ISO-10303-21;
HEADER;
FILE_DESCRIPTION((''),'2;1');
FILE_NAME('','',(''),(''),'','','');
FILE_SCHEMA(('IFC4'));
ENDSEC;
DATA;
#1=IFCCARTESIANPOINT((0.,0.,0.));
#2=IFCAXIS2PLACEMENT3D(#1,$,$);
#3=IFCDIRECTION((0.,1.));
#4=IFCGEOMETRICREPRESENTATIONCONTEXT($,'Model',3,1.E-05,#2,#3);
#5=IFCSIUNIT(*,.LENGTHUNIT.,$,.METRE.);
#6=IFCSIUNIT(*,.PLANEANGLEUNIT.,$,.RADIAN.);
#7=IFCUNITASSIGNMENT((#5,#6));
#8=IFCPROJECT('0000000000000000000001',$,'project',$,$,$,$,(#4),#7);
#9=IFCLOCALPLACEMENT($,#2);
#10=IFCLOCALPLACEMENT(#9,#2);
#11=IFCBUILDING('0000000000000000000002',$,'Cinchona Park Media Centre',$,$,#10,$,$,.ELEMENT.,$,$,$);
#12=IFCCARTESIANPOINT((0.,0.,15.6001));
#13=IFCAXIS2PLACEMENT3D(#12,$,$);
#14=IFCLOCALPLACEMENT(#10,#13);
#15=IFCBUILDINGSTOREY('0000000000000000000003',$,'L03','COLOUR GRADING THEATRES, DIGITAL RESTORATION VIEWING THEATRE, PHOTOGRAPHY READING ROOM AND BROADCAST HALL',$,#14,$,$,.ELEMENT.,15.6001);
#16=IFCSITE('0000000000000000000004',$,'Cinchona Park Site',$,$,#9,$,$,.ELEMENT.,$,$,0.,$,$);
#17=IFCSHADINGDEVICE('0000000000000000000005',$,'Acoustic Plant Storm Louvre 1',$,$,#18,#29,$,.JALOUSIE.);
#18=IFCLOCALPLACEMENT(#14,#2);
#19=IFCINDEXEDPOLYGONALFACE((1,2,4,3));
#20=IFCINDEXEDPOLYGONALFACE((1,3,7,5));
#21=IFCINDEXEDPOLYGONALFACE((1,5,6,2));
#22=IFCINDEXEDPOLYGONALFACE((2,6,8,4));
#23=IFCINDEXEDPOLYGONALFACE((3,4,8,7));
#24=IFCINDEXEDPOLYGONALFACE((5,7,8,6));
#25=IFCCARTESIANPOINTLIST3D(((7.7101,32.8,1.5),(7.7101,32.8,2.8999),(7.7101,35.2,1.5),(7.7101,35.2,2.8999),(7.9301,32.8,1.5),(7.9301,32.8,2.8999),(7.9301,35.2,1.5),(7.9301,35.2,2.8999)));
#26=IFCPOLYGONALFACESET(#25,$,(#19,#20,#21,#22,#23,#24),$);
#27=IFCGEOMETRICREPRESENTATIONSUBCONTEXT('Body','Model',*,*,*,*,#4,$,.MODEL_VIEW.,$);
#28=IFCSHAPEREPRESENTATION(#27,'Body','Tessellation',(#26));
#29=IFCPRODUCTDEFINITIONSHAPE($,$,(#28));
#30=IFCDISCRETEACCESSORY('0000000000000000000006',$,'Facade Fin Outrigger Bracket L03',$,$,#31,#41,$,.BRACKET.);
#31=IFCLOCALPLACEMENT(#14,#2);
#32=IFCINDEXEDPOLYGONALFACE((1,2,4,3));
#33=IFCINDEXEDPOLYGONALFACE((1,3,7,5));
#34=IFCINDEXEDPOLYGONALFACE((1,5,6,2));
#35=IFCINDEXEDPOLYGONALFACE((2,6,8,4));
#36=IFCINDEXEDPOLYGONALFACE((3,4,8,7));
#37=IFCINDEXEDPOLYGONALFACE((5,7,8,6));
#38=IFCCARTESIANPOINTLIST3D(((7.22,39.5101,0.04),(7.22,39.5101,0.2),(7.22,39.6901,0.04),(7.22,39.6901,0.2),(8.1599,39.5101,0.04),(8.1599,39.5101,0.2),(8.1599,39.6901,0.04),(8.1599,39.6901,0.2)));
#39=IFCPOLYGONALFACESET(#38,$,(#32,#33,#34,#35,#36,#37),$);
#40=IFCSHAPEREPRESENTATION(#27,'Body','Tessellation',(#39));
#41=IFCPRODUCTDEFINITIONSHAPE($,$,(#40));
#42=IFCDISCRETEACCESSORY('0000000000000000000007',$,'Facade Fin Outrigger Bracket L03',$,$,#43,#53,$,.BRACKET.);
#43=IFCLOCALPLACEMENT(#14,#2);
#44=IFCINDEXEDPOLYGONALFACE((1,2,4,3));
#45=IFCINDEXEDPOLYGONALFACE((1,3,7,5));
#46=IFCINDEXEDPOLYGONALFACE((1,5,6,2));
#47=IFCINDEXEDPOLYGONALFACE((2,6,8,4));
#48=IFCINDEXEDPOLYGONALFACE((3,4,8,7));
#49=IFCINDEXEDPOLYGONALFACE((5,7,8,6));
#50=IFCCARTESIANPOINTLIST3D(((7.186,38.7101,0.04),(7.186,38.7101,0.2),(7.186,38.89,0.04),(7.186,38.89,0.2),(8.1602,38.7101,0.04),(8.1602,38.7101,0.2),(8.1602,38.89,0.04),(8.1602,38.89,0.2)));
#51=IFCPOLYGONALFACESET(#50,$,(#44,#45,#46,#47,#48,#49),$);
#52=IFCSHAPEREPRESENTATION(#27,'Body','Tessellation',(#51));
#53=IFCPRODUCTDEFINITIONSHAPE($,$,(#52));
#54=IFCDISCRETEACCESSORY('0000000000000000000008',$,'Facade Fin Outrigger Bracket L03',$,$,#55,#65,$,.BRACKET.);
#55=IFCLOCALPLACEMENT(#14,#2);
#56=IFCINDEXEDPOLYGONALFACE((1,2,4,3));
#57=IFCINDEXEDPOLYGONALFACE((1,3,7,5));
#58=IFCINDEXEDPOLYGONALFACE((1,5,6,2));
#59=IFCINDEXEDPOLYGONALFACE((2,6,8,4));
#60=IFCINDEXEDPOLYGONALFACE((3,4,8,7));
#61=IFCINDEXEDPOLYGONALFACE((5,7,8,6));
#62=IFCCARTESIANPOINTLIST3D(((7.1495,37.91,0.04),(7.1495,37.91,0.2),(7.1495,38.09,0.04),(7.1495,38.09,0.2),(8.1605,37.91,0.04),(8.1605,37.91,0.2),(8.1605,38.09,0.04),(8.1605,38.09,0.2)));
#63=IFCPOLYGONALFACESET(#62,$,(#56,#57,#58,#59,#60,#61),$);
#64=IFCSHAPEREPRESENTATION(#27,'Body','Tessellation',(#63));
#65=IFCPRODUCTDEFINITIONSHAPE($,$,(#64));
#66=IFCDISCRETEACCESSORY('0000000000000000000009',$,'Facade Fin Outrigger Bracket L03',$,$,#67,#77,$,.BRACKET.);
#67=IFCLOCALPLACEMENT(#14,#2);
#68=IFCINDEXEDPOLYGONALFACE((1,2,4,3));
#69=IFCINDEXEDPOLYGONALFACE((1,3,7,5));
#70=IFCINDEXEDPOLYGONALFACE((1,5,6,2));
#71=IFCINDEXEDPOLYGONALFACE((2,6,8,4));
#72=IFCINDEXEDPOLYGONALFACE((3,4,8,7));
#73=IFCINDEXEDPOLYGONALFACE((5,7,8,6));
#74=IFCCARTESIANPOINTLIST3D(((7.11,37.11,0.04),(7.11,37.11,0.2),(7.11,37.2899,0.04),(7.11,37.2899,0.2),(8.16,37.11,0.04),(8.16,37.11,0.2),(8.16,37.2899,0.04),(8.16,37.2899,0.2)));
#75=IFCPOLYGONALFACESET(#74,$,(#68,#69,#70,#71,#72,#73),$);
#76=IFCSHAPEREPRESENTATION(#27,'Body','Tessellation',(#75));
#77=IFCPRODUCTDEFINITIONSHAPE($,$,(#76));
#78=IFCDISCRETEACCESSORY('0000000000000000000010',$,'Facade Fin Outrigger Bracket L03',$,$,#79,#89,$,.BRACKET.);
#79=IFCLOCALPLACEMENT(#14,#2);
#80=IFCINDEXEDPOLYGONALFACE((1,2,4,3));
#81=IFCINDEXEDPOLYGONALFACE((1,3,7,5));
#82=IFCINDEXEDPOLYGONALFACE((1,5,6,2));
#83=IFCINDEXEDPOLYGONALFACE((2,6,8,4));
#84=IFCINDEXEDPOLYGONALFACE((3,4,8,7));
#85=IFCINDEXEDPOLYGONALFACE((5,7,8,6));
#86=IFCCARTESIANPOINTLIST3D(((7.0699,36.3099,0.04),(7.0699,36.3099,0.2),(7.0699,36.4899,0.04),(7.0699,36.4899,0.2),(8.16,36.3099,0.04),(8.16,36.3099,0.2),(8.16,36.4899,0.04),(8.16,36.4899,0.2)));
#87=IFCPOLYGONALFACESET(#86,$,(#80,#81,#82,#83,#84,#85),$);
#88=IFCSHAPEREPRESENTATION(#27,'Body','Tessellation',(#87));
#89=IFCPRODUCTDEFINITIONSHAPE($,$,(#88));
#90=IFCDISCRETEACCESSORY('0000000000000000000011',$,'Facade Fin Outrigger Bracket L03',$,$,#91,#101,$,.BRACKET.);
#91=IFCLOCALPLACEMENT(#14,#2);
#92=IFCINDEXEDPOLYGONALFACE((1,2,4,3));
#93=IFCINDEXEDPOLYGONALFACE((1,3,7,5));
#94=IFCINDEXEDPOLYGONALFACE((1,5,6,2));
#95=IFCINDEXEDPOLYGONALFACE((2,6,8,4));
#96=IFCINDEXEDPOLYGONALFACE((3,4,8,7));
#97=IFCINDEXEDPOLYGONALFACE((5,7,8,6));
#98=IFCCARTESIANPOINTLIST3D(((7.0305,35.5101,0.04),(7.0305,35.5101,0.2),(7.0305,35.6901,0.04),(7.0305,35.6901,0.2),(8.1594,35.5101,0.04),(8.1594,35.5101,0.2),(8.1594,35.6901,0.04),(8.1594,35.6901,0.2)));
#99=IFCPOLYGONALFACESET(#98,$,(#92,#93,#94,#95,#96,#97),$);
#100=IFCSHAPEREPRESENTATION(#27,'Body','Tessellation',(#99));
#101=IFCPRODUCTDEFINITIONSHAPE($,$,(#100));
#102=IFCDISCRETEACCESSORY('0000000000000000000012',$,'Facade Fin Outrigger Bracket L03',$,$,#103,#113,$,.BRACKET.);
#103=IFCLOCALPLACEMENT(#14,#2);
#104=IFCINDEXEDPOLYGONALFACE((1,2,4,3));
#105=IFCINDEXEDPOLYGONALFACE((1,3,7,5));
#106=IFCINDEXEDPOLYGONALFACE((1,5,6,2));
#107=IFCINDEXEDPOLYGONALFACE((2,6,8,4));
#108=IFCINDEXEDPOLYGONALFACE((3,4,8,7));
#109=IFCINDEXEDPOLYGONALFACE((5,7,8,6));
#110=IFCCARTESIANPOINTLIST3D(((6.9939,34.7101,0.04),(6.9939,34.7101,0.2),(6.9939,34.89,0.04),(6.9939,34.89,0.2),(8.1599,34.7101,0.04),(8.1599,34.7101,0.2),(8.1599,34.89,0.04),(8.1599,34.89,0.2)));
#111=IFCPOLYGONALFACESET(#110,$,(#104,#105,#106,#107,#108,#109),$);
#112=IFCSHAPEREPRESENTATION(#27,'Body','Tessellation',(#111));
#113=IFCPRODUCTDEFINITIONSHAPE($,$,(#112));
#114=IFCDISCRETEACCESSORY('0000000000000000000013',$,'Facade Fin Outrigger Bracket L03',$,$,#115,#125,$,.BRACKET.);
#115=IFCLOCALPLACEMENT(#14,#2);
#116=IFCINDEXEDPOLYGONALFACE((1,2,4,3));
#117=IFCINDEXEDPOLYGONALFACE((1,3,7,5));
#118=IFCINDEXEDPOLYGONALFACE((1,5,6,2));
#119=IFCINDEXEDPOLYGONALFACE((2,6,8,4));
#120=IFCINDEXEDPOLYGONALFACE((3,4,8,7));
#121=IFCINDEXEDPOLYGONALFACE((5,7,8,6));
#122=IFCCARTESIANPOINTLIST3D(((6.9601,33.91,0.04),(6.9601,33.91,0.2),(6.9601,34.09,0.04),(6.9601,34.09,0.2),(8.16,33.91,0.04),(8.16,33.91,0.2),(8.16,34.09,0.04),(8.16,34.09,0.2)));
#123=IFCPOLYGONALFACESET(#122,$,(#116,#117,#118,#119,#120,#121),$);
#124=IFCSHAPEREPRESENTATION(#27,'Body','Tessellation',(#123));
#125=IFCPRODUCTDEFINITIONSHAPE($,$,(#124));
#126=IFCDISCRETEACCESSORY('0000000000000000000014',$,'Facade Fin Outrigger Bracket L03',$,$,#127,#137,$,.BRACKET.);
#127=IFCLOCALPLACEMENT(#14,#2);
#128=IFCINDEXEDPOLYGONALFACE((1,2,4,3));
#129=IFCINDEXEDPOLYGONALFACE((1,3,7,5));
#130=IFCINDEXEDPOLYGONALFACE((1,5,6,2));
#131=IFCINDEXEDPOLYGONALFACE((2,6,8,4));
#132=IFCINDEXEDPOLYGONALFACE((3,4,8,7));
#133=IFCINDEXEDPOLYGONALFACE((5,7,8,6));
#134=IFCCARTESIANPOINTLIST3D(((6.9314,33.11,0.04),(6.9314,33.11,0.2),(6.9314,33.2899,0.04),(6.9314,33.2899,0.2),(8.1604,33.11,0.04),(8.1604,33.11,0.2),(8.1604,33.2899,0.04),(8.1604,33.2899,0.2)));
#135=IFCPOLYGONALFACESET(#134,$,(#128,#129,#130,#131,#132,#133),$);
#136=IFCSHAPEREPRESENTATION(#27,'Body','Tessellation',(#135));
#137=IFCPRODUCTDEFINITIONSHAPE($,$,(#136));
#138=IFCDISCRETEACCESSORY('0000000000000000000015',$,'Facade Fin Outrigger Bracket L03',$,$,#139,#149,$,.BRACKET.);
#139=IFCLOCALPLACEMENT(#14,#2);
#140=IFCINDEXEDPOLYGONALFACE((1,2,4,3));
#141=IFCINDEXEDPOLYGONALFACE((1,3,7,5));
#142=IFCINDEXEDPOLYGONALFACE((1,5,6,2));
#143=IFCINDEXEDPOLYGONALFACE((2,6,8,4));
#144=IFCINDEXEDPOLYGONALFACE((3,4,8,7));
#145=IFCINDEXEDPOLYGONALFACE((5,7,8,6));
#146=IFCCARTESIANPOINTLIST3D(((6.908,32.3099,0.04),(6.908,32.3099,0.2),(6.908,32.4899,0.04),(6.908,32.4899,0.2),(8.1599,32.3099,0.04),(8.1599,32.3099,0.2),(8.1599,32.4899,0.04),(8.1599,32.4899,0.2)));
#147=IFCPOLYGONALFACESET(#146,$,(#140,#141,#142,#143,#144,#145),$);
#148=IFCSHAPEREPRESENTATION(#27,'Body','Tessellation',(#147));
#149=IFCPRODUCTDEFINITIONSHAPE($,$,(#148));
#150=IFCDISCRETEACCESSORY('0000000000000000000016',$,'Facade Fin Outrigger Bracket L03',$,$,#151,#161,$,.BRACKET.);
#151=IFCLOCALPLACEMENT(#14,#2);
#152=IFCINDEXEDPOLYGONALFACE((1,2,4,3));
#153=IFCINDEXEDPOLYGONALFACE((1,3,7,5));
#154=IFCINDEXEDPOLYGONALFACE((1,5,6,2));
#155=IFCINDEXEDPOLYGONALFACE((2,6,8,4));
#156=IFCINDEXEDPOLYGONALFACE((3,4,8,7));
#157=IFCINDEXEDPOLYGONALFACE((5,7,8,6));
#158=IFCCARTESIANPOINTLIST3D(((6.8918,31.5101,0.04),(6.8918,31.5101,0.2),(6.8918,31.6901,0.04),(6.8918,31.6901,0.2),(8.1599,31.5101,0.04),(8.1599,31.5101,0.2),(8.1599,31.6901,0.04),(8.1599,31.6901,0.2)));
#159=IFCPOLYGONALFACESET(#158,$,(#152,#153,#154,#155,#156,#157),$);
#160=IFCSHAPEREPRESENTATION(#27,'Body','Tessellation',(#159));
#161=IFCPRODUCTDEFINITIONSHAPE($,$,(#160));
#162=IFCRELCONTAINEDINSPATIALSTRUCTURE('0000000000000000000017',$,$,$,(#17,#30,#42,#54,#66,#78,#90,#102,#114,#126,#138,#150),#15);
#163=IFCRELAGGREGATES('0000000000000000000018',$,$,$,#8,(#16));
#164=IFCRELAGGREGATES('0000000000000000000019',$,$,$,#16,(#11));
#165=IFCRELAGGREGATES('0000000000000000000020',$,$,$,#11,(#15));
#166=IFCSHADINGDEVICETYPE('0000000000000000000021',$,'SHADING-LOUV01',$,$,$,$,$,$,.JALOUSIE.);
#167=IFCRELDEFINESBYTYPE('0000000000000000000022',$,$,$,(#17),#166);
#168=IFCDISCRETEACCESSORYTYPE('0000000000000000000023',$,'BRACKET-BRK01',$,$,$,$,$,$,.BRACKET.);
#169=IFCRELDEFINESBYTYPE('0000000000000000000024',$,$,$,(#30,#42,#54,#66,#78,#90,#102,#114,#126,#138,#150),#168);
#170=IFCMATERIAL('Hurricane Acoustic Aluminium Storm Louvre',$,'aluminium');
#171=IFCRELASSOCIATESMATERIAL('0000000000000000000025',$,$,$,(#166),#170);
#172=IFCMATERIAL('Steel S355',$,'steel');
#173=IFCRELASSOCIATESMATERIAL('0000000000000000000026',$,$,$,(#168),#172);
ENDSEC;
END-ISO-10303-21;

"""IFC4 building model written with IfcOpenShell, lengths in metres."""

from ifc_helpers import new_model, si_unit, direction, frame, origin, origin_2d, place, context, subcontext, project, spatial, rectangle, extrude, material, type_object, element, save


model = new_model("IFC4")

# Units and contexts
model_context = context("Model", 3, precision=1e-05, world=origin(), true_north=direction((0.0, 1.0)))
body_context = subcontext(model_context, "Body", "Model", "MODEL_VIEW")
ifc_project = project(units=[si_unit("LENGTHUNIT", "METRE"), si_unit("PLANEANGLEUNIT", "RADIAN")], contexts=[model_context])

# Site, building, storey
site_placement = place(None, origin())
site = spatial("IfcSite", under=ifc_project, at=site_placement, Name="Cinchona Park Site", CompositionType="ELEMENT", RefElevation=0.0)
building_placement = place(site_placement, origin())
building = spatial("IfcBuilding", under=site, at=building_placement, Name="Cinchona Park Media Centre", CompositionType="ELEMENT")
storey_placement = place(building_placement, frame((0.0, 0.0, 15.6001)))
storey = spatial("IfcBuildingStorey", under=building, at=storey_placement, Name="L03", Description="COLOUR GRADING THEATRES, DIGITAL RESTORATION VIEWING THEATRE, PHOTOGRAPHY READING ROOM AND BROADCAST HALL", CompositionType="ELEMENT", Elevation=15.6001)

# Shading device
ifc_material_1 = material(Name="Hurricane Acoustic Aluminium Storm Louvre", Category="aluminium")
shading_device_type = type_object("IfcShadingDeviceType", Name="SHADING-LOUV01", PredefinedType="JALOUSIE", material=ifc_material_1)
shading_device_placement = place(storey_placement, frame((7.8201, 34.0, 1.5), z_axis=(0.0, 0.0, 1.0), x_axis=(0.0, 1.0, 0.0)))
element("IfcShadingDevice", 1, at=shading_device_placement, inside=storey, type_object=shading_device_type, Name="Acoustic Plant Storm Louvre 1", PredefinedType="JALOUSIE", context=body_context, shape_type="SweptSolid", body=[
    extrude(rectangle(XDim=2.3999, YDim=0.22, at=origin_2d()), origin(), (0.0, 0.0, 1.0), 1.3999),
])

# Discrete accessories
ifc_material_2 = material(Name="Steel S355", Category="steel")
discrete_accessory_type = type_object("IfcDiscreteAccessoryType", Name="BRACKET-BRK01", PredefinedType="BRACKET", material=ifc_material_2)
discrete_accessory_1_placement = place(storey_placement, frame((7.6899, 39.6001, 0.04), z_axis=(0.0, 0.0, 1.0), x_axis=(0.0, -1.0, 0.0)))
element("IfcDiscreteAccessory", 2, at=discrete_accessory_1_placement, inside=storey, type_object=discrete_accessory_type, Name="Facade Fin Outrigger Bracket L03", PredefinedType="BRACKET", context=body_context, shape_type="SweptSolid", body=[
    extrude(rectangle(XDim=0.1799, YDim=0.9399, at=origin_2d()), origin(), (0.0, 0.0, 1.0), 0.1599),
])
discrete_accessory_2_placement = place(storey_placement, frame((7.6731, 38.8, 0.04), z_axis=(0.0, 0.0, 1.0), x_axis=(0.0, -1.0, 0.0)))
element("IfcDiscreteAccessory", 3, at=discrete_accessory_2_placement, inside=storey, type_object=discrete_accessory_type, Name="Facade Fin Outrigger Bracket L03", PredefinedType="BRACKET", context=body_context, shape_type="SweptSolid", body=[
    extrude(rectangle(XDim=0.1799, YDim=0.9741, at=origin_2d()), origin(), (0.0, 0.0, 1.0), 0.1599),
])
discrete_accessory_3_placement = place(storey_placement, frame((7.655, 38.0, 0.04), z_axis=(0.0, 0.0, 1.0), x_axis=(0.0, -1.0, 0.0)))
element("IfcDiscreteAccessory", 4, at=discrete_accessory_3_placement, inside=storey, type_object=discrete_accessory_type, Name="Facade Fin Outrigger Bracket L03", PredefinedType="BRACKET", context=body_context, shape_type="SweptSolid", body=[
    extrude(rectangle(XDim=0.1799, YDim=1.011, at=origin_2d()), origin(), (0.0, 0.0, 1.0), 0.1599),
])
discrete_accessory_4_placement = place(storey_placement, frame((7.635, 37.2, 0.04), z_axis=(0.0, 0.0, 1.0), x_axis=(0.0, -1.0, 0.0)))
element("IfcDiscreteAccessory", 5, at=discrete_accessory_4_placement, inside=storey, type_object=discrete_accessory_type, Name="Facade Fin Outrigger Bracket L03", PredefinedType="BRACKET", context=body_context, shape_type="SweptSolid", body=[
    extrude(rectangle(XDim=0.1799, YDim=1.05, at=origin_2d()), origin(), (0.0, 0.0, 1.0), 0.1599),
])
discrete_accessory_5_placement = place(storey_placement, frame((7.615, 36.3999, 0.04), z_axis=(0.0, 0.0, 1.0), x_axis=(0.0, -1.0, 0.0)))
element("IfcDiscreteAccessory", 6, at=discrete_accessory_5_placement, inside=storey, type_object=discrete_accessory_type, Name="Facade Fin Outrigger Bracket L03", PredefinedType="BRACKET", context=body_context, shape_type="SweptSolid", body=[
    extrude(rectangle(XDim=0.1799, YDim=1.0901, at=origin_2d()), origin(), (0.0, 0.0, 1.0), 0.1599),
])
discrete_accessory_6_placement = place(storey_placement, frame((7.595, 35.6001, 0.04), z_axis=(0.0, 0.0, 1.0), x_axis=(0.0, -1.0, 0.0)))
element("IfcDiscreteAccessory", 7, at=discrete_accessory_6_placement, inside=storey, type_object=discrete_accessory_type, Name="Facade Fin Outrigger Bracket L03", PredefinedType="BRACKET", context=body_context, shape_type="SweptSolid", body=[
    extrude(rectangle(XDim=0.1799, YDim=1.1289, at=origin_2d()), origin(), (0.0, 0.0, 1.0), 0.1599),
])
discrete_accessory_7_placement = place(storey_placement, frame((7.5769, 34.8, 0.04), z_axis=(0.0, 0.0, 1.0), x_axis=(0.0, -1.0, 0.0)))
element("IfcDiscreteAccessory", 8, at=discrete_accessory_7_placement, inside=storey, type_object=discrete_accessory_type, Name="Facade Fin Outrigger Bracket L03", PredefinedType="BRACKET", context=body_context, shape_type="SweptSolid", body=[
    extrude(rectangle(XDim=0.1799, YDim=1.166, at=origin_2d()), origin(), (0.0, 0.0, 1.0), 0.1599),
])
discrete_accessory_8_placement = place(storey_placement, frame((7.5601, 34.0, 0.04), z_axis=(0.0, 0.0, 1.0), x_axis=(0.0, -1.0, 0.0)))
element("IfcDiscreteAccessory", 9, at=discrete_accessory_8_placement, inside=storey, type_object=discrete_accessory_type, Name="Facade Fin Outrigger Bracket L03", PredefinedType="BRACKET", context=body_context, shape_type="SweptSolid", body=[
    extrude(rectangle(XDim=0.1799, YDim=1.2, at=origin_2d()), origin(), (0.0, 0.0, 1.0), 0.1599),
])
discrete_accessory_9_placement = place(storey_placement, frame((7.5459, 33.2, 0.04), z_axis=(0.0, 0.0, 1.0), x_axis=(0.0, -1.0, 0.0)))
element("IfcDiscreteAccessory", 10, at=discrete_accessory_9_placement, inside=storey, type_object=discrete_accessory_type, Name="Facade Fin Outrigger Bracket L03", PredefinedType="BRACKET", context=body_context, shape_type="SweptSolid", body=[
    extrude(rectangle(XDim=0.1799, YDim=1.229, at=origin_2d()), origin(), (0.0, 0.0, 1.0), 0.1599),
])
discrete_accessory_10_placement = place(storey_placement, frame((7.5339, 32.3999, 0.04), z_axis=(0.0, 0.0, 1.0), x_axis=(0.0, -1.0, 0.0)))
element("IfcDiscreteAccessory", 11, at=discrete_accessory_10_placement, inside=storey, type_object=discrete_accessory_type, Name="Facade Fin Outrigger Bracket L03", PredefinedType="BRACKET", context=body_context, shape_type="SweptSolid", body=[
    extrude(rectangle(XDim=0.1799, YDim=1.252, at=origin_2d()), origin(), (0.0, 0.0, 1.0), 0.1599),
])
discrete_accessory_11_placement = place(storey_placement, frame((7.5259, 31.6001, 0.04), z_axis=(0.0, 0.0, 1.0), x_axis=(0.0, -1.0, 0.0)))
element("IfcDiscreteAccessory", 12, at=discrete_accessory_11_placement, inside=storey, type_object=discrete_accessory_type, Name="Facade Fin Outrigger Bracket L03", PredefinedType="BRACKET", context=body_context, shape_type="SweptSolid", body=[
    extrude(rectangle(XDim=0.1799, YDim=1.2681, at=origin_2d()), origin(), (0.0, 0.0, 1.0), 0.1599),
])

save(model, "model.ifc")
